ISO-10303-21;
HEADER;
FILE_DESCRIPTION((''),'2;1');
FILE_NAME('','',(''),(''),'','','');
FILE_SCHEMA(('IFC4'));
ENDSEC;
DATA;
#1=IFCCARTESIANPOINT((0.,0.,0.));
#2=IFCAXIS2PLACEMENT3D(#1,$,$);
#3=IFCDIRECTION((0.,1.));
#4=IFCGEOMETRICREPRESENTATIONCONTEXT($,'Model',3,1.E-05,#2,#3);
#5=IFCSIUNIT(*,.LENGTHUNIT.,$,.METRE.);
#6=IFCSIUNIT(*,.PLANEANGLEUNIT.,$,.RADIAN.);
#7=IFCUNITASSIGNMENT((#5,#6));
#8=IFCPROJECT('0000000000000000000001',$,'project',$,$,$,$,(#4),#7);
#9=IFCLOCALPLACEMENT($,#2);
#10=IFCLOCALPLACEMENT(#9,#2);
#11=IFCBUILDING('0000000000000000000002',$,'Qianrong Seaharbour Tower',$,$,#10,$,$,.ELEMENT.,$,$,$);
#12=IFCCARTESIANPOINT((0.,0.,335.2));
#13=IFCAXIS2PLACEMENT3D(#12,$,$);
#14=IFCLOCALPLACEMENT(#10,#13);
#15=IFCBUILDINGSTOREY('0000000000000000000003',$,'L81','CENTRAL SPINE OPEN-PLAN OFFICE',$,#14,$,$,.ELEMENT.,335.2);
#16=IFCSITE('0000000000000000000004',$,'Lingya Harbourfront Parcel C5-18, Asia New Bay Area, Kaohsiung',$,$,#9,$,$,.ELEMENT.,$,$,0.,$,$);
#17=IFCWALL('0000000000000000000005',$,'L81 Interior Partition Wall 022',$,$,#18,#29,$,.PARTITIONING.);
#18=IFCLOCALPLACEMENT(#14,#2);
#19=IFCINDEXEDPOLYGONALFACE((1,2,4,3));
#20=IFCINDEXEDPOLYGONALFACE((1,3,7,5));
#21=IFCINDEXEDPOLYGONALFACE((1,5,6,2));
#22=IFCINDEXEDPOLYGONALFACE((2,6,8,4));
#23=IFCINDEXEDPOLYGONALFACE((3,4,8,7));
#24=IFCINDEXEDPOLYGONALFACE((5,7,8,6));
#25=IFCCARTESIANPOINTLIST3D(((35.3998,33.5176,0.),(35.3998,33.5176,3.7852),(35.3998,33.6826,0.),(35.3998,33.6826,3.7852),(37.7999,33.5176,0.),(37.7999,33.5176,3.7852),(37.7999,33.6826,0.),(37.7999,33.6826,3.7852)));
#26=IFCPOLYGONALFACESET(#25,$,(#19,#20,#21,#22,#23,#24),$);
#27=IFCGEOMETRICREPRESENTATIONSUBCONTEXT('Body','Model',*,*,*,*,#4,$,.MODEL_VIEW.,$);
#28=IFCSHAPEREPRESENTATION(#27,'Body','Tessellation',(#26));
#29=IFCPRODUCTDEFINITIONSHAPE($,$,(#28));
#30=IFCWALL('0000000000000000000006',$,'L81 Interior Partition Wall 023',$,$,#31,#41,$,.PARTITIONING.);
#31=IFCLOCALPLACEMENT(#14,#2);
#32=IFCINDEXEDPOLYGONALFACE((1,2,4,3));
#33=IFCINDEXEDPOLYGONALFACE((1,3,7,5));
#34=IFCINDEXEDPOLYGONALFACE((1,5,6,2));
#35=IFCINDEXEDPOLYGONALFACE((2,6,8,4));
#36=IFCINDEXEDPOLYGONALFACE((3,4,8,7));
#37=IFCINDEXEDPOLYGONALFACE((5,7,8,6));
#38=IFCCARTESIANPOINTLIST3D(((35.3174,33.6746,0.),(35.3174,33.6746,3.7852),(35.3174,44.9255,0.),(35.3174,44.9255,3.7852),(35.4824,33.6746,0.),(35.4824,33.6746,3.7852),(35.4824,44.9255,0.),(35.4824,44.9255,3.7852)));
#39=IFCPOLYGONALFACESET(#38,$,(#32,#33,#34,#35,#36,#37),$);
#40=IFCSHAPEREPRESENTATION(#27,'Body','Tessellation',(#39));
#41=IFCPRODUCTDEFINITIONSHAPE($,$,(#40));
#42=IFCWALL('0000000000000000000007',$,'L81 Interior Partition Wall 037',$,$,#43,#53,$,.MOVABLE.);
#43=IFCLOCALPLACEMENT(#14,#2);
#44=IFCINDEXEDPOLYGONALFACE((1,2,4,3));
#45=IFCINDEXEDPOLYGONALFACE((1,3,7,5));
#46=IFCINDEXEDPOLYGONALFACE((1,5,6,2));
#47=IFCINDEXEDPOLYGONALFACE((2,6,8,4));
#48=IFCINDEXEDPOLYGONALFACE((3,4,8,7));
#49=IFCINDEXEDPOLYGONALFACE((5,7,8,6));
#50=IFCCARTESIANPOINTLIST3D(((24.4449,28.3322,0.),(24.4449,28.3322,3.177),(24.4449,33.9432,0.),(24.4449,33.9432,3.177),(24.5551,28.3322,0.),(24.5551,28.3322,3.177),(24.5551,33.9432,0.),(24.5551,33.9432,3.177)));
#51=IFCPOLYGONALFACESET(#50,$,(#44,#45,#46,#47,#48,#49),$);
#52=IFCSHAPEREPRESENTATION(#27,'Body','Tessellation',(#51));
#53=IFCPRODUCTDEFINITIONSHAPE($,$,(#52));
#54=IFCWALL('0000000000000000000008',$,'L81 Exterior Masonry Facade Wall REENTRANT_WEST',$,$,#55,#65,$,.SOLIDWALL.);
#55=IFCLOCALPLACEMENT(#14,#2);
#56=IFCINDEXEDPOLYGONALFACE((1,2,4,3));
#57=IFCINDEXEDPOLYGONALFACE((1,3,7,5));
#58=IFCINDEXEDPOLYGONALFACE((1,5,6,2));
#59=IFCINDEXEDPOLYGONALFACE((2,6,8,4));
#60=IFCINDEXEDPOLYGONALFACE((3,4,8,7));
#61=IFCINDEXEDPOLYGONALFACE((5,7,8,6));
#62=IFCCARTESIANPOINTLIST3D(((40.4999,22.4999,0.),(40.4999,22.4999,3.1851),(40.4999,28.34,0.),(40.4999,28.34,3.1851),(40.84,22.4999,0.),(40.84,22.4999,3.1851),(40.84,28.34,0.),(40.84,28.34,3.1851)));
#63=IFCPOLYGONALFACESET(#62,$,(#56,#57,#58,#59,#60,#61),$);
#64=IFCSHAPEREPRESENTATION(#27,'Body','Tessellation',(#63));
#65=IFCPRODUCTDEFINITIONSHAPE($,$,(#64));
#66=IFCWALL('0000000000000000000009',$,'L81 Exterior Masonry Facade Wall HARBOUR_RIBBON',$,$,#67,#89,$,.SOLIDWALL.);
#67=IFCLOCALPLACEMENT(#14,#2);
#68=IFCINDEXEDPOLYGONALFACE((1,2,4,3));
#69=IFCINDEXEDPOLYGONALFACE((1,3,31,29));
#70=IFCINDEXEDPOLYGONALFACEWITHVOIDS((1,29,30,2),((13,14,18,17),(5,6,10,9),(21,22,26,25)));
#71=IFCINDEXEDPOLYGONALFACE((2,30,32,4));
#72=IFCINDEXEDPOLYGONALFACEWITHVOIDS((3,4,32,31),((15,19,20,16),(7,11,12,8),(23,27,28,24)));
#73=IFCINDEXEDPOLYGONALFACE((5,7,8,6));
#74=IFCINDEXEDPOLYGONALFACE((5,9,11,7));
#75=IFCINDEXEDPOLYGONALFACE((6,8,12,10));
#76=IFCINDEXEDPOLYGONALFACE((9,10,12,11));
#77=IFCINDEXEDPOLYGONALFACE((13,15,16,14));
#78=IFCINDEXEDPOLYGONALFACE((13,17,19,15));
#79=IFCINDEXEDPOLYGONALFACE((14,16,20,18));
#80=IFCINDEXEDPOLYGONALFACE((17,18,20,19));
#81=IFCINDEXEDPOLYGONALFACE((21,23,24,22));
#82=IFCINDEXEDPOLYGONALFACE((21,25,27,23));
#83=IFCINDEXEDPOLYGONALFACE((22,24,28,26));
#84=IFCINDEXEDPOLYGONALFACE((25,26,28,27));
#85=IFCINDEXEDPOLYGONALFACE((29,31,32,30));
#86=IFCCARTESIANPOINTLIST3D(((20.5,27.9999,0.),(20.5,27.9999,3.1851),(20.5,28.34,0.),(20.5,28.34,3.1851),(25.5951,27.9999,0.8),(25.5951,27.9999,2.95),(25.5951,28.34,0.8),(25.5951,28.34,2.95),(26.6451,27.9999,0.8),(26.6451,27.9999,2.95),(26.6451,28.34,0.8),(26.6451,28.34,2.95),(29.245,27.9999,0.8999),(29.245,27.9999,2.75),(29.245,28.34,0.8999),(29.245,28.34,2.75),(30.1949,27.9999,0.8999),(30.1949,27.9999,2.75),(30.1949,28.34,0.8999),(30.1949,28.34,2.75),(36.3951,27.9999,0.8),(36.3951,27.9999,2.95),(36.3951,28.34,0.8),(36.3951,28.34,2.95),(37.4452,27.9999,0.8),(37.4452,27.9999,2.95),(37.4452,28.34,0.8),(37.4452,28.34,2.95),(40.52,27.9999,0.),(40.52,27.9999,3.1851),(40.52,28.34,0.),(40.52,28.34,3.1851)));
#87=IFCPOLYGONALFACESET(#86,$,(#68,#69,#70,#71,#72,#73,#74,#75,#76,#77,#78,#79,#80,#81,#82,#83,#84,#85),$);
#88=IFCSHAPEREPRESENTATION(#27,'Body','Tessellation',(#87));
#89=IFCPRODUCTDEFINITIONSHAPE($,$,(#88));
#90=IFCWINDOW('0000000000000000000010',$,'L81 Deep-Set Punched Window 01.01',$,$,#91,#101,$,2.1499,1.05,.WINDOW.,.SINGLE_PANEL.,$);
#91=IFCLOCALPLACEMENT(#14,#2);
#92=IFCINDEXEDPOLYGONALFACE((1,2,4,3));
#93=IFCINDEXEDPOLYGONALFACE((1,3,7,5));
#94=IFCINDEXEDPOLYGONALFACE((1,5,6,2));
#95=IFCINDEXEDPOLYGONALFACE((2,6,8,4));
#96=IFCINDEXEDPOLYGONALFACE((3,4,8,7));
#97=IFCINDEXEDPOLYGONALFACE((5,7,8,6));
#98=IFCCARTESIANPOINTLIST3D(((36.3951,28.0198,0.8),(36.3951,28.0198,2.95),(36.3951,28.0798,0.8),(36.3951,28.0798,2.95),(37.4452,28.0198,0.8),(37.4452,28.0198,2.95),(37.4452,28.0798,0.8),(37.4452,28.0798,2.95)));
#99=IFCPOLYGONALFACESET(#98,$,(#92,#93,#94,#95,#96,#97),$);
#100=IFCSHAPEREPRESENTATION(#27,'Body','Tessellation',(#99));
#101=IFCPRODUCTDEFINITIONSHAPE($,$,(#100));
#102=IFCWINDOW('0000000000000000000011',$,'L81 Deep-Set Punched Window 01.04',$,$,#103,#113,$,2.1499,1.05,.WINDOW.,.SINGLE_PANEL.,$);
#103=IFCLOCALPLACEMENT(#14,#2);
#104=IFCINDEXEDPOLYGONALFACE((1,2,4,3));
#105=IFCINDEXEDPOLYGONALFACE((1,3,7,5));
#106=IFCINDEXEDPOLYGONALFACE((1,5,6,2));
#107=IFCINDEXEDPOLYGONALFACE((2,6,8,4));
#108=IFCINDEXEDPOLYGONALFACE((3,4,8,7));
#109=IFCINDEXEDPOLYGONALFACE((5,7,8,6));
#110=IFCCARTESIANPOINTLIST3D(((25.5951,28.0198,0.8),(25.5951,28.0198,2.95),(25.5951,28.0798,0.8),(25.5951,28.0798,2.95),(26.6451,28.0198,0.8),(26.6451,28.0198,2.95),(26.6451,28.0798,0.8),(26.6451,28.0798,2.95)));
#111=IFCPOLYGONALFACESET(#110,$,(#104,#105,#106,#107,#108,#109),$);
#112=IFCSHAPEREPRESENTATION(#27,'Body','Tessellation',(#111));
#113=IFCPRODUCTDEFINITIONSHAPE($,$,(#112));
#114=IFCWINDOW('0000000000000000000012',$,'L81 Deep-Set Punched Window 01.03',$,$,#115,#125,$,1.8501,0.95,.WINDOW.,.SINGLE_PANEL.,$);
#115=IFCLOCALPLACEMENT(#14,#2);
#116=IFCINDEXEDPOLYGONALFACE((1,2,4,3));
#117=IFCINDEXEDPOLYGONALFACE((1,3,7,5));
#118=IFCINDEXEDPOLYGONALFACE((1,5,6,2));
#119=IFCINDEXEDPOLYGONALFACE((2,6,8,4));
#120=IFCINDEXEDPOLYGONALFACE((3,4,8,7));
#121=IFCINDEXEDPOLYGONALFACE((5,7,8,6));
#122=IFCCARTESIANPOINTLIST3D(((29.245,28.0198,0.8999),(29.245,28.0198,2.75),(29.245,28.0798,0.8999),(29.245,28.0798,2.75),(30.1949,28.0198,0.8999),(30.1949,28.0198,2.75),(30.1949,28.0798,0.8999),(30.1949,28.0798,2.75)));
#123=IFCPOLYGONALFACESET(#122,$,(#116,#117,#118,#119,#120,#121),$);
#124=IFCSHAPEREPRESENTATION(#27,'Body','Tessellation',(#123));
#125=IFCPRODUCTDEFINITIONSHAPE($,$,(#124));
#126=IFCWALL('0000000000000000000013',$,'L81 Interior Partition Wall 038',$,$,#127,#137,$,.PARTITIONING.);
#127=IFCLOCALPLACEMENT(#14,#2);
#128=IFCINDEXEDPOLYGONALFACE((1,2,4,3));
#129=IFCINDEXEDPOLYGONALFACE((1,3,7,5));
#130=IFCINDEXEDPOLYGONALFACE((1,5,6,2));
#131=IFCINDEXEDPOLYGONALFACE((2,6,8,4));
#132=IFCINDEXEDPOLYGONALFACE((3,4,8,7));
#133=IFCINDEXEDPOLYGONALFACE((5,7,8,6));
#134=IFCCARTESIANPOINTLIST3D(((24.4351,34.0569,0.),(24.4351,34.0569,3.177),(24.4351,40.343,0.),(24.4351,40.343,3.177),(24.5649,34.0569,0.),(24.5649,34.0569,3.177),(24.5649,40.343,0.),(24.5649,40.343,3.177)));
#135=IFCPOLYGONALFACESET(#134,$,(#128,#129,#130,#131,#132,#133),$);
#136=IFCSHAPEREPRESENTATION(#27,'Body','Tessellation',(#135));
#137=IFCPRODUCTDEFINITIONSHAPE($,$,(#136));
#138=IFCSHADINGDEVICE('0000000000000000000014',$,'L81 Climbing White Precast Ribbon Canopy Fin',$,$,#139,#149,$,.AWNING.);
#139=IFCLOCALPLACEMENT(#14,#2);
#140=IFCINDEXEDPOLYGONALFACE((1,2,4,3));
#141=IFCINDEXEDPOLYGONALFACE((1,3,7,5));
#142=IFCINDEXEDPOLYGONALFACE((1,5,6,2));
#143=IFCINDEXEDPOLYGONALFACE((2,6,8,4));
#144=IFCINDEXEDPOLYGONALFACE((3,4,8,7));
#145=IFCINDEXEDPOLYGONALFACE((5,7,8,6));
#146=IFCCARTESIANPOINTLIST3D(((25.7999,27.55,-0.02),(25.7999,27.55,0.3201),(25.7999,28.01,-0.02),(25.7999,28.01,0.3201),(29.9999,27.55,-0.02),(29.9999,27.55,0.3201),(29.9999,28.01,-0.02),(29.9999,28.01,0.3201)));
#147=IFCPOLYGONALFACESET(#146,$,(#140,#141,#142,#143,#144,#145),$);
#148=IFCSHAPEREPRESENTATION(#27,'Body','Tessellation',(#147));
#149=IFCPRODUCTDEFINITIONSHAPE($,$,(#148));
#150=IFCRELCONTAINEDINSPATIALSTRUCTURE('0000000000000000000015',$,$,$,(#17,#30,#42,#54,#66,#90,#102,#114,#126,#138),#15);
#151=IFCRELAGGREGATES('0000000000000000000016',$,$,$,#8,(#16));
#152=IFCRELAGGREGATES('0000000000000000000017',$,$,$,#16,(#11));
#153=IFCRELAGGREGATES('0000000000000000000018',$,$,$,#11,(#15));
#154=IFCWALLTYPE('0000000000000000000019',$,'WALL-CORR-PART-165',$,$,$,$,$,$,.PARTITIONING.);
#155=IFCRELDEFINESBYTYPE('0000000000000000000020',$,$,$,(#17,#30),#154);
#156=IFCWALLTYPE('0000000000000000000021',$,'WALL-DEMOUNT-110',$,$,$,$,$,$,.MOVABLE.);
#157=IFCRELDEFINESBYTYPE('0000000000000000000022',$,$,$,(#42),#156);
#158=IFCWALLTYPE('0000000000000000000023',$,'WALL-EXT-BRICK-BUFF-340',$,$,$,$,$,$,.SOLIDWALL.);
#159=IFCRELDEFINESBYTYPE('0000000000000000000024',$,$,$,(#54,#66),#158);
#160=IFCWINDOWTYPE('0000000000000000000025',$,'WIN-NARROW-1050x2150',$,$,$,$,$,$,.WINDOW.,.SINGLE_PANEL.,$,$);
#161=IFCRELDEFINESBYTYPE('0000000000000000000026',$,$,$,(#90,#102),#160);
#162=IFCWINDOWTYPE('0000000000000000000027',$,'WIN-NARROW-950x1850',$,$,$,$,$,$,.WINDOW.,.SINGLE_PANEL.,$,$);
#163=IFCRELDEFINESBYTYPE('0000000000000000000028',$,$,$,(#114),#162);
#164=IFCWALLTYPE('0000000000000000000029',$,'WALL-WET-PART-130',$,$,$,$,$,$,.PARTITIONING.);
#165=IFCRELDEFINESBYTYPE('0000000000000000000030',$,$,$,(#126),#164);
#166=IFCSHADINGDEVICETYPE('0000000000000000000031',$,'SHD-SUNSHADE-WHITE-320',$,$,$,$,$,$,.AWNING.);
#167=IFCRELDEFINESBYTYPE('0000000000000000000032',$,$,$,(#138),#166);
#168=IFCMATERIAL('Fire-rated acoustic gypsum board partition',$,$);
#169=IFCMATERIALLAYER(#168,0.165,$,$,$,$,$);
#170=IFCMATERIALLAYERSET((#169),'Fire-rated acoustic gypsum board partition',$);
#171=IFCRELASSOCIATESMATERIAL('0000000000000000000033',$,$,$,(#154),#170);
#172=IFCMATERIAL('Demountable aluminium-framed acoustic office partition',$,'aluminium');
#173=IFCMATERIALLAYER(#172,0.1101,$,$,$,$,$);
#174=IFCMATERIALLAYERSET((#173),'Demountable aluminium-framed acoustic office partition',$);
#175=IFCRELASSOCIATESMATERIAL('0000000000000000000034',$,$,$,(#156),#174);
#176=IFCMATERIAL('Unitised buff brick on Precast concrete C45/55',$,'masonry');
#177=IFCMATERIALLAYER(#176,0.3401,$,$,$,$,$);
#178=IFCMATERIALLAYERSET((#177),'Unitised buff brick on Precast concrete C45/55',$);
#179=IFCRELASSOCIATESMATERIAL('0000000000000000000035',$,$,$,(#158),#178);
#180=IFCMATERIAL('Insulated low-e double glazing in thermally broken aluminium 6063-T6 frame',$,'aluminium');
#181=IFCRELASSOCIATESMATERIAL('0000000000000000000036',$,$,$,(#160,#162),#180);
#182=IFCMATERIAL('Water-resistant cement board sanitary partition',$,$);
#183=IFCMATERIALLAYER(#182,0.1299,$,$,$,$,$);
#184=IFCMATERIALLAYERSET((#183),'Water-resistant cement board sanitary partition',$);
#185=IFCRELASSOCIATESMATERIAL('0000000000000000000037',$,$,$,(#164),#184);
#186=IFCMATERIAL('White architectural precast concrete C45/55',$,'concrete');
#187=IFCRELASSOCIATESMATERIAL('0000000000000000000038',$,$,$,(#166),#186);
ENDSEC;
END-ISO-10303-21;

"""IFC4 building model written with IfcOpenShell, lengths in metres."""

from ifc_helpers import new_model, si_unit, direction, frame, frame_2d, origin, origin_2d, place, context, subcontext, project, spatial, rectangle, extrude, material, layer, layer_set, type_object, element, fill, save


model = new_model("IFC4")

# Units and contexts
model_context = context("Model", 3, precision=1e-05, world=origin(), true_north=direction((0.0, 1.0)))
body_context = subcontext(model_context, "Body", "Model", "MODEL_VIEW")
ifc_project = project(units=[si_unit("LENGTHUNIT", "METRE"), si_unit("PLANEANGLEUNIT", "RADIAN")], contexts=[model_context])

# Site, building, storey
site_placement = place(None, origin())
site = spatial("IfcSite", under=ifc_project, at=site_placement, Name="Lingya Harbourfront Parcel C5-18, Asia New Bay Area, Kaohsiung", CompositionType="ELEMENT", RefElevation=0.0)
building_placement = place(site_placement, origin())
building = spatial("IfcBuilding", under=site, at=building_placement, Name="Qianrong Seaharbour Tower", CompositionType="ELEMENT")
storey_placement = place(building_placement, frame((0.0, 0.0, 335.2)))
storey = spatial("IfcBuildingStorey", under=building, at=storey_placement, Name="L81", Description="CENTRAL SPINE OPEN-PLAN OFFICE", CompositionType="ELEMENT", Elevation=335.2)

# Walls
ifc_material_1 = material(Name="Fire-rated acoustic gypsum board partition")
ifc_layer_1 = layer(ifc_material_1, 0.165)
ifc_layer_set_1 = layer_set([ifc_layer_1], Name="Fire-rated acoustic gypsum board partition")
wall_type_1 = type_object("IfcWallType", Name="WALL-CORR-PART-165", PredefinedType="PARTITIONING", material=ifc_layer_set_1)
wall_1_placement = place(storey_placement, frame((37.8, 33.6001, 0.0), z_axis=(0.0, 0.0, 1.0), x_axis=(-1.0, 0.0, 0.0)))
element("IfcWall", 1, at=wall_1_placement, inside=storey, type_object=wall_type_1, Name="L81 Interior Partition Wall 022", PredefinedType="PARTITIONING", context=body_context, shape_type="SweptSolid", body=[
    extrude(rectangle(XDim=2.4001, YDim=0.165, at=frame_2d((1.2002, 0.0))), origin(), (0.0, 0.0, 1.0), 3.7852),
])
wall_2_placement = place(storey_placement, frame((35.3999, 33.6746, 0.0), z_axis=(0.0, 0.0, 1.0), x_axis=(0.0, 1.0, 0.0)))
element("IfcWall", 2, at=wall_2_placement, inside=storey, type_object=wall_type_1, Name="L81 Interior Partition Wall 023", PredefinedType="PARTITIONING", context=body_context, shape_type="SweptSolid", body=[
    extrude(rectangle(XDim=11.251, YDim=0.165, at=frame_2d((5.6255, 0.0))), origin(), (0.0, 0.0, 1.0), 3.7852),
])
ifc_material_2 = material(Name="Demountable aluminium-framed acoustic office partition", Category="aluminium")
ifc_layer_2 = layer(ifc_material_2, 0.1101)
ifc_layer_set_2 = layer_set([ifc_layer_2], Name="Demountable aluminium-framed acoustic office partition")
wall_type_2 = type_object("IfcWallType", Name="WALL-DEMOUNT-110", PredefinedType="MOVABLE", material=ifc_layer_set_2)
wall_3_placement = place(storey_placement, frame((24.5, 28.332, 0.0), z_axis=(0.0, 0.0, 1.0), x_axis=(0.0, 1.0, 0.0)))
element("IfcWall", 3, at=wall_3_placement, inside=storey, type_object=wall_type_2, Name="L81 Interior Partition Wall 037", PredefinedType="MOVABLE", context=body_context, shape_type="SweptSolid", body=[
    extrude(rectangle(XDim=5.6111, YDim=0.1101, at=frame_2d((2.8057, 0.0))), origin(), (0.0, 0.0, 1.0), 3.177),
])
ifc_material_3 = material(Name="Unitised buff brick on Precast concrete C45/55", Category="masonry")
ifc_layer_3 = layer(ifc_material_3, 0.3401)
ifc_layer_set_3 = layer_set([ifc_layer_3], Name="Unitised buff brick on Precast concrete C45/55")
wall_type_3 = type_object("IfcWallType", Name="WALL-EXT-BRICK-BUFF-340", PredefinedType="SOLIDWALL", material=ifc_layer_set_3)
wall_4_placement = place(storey_placement, frame((40.6699, 22.5, 0.0), z_axis=(0.0, 0.0, 1.0), x_axis=(0.0, 1.0, 0.0)))
element("IfcWall", 4, at=wall_4_placement, inside=storey, type_object=wall_type_3, Name="L81 Exterior Masonry Facade Wall REENTRANT_WEST", PredefinedType="SOLIDWALL", context=body_context, shape_type="SweptSolid", body=[
    extrude(rectangle(XDim=5.8401, YDim=0.3401, at=frame_2d((2.9199, 0.0))), origin(), (0.0, 0.0, 1.0), 3.1851),
])

# Wall, openings, windows
wall_5_placement = place(storey_placement, frame((40.52, 28.1699, 0.0), z_axis=(0.0, 0.0, 1.0), x_axis=(-1.0, 0.0, 0.0)))
wall_5 = element("IfcWall", 5, at=wall_5_placement, inside=storey, type_object=wall_type_3, Name="L81 Exterior Masonry Facade Wall HARBOUR_RIBBON", PredefinedType="SOLIDWALL", context=body_context, shape_type="SweptSolid", body=[
    extrude(rectangle(XDim=20.02, YDim=0.3401, at=frame_2d((10.01, 0.0))), origin(), (0.0, 0.0, 1.0), 3.1851),
])
opening_1_placement = place(wall_5_placement, frame((3.075, 0.0, 0.8)))
opening_1 = element("IfcOpeningElement", 6, at=opening_1_placement, cuts=wall_5, PredefinedType="OPENING", context=body_context, shape_type="SweptSolid", body=[
    extrude(rectangle(XDim=1.05, YDim=2.1499, at=frame_2d((0.5249, 1.075))), frame((0.0, 0.1802, 0.0), z_axis=(0.0, -1.0, 0.0), x_axis=(1.0, 0.0, 0.0)), (0.0, 0.0, 1.0), 0.3601),
])
opening_2_placement = place(wall_5_placement, frame((10.325, 0.0, 0.8999)))
opening_2 = element("IfcOpeningElement", 7, at=opening_2_placement, cuts=wall_5, PredefinedType="OPENING", context=body_context, shape_type="SweptSolid", body=[
    extrude(rectangle(XDim=0.95, YDim=1.8501, at=frame_2d((0.4751, 0.925))), frame((0.0, 0.1802, 0.0), z_axis=(0.0, -1.0, 0.0), x_axis=(1.0, 0.0, 0.0)), (0.0, 0.0, 1.0), 0.3601),
])
opening_3_placement = place(wall_5_placement, frame((13.875, 0.0, 0.8)))
opening_3 = element("IfcOpeningElement", 8, at=opening_3_placement, cuts=wall_5, PredefinedType="OPENING", context=body_context, shape_type="SweptSolid", body=[
    extrude(rectangle(XDim=1.05, YDim=2.1499, at=frame_2d((0.5249, 1.075))), frame((0.0, 0.1802, 0.0), z_axis=(0.0, -1.0, 0.0), x_axis=(1.0, 0.0, 0.0)), (0.0, 0.0, 1.0), 0.3601),
])
ifc_material_4 = material(Name="Insulated low-e double glazing in thermally broken aluminium 6063-T6 frame", Category="aluminium")
window_type_1 = type_object("IfcWindowType", Name="WIN-NARROW-1050x2150", PartitioningType="SINGLE_PANEL", PredefinedType="WINDOW", material=ifc_material_4)
window_1_placement = place(opening_1_placement, origin())
window_1 = element("IfcWindow", 9, at=window_1_placement, inside=storey, type_object=window_type_1, Name="L81 Deep-Set Punched Window 01.01", OverallHeight=2.1499, OverallWidth=1.05, PartitioningType="SINGLE_PANEL", PredefinedType="WINDOW", context=body_context, shape_type="SweptSolid", body=[
    extrude(rectangle(XDim=1.05, YDim=2.1499, at=frame_2d((0.5249, 1.075))), frame((0.0, 0.1501, 0.0), z_axis=(0.0, -1.0, 0.0), x_axis=(1.0, 0.0, 0.0)), (0.0, 0.0, 1.0), 0.0601),
])
fill(opening_1, window_1)
window_2_placement = place(opening_3_placement, origin())
window_2 = element("IfcWindow", 10, at=window_2_placement, inside=storey, type_object=window_type_1, Name="L81 Deep-Set Punched Window 01.04", OverallHeight=2.1499, OverallWidth=1.05, PartitioningType="SINGLE_PANEL", PredefinedType="WINDOW", context=body_context, shape_type="SweptSolid", body=[
    extrude(rectangle(XDim=1.05, YDim=2.1499, at=frame_2d((0.5249, 1.075))), frame((0.0, 0.1501, 0.0), z_axis=(0.0, -1.0, 0.0), x_axis=(1.0, 0.0, 0.0)), (0.0, 0.0, 1.0), 0.0601),
])
fill(opening_3, window_2)
window_type_2 = type_object("IfcWindowType", Name="WIN-NARROW-950x1850", PartitioningType="SINGLE_PANEL", PredefinedType="WINDOW", material=ifc_material_4)
window_3_placement = place(opening_2_placement, origin())
window_3 = element("IfcWindow", 11, at=window_3_placement, inside=storey, type_object=window_type_2, Name="L81 Deep-Set Punched Window 01.03", OverallHeight=1.8501, OverallWidth=0.95, PartitioningType="SINGLE_PANEL", PredefinedType="WINDOW", context=body_context, shape_type="SweptSolid", body=[
    extrude(rectangle(XDim=0.95, YDim=1.8501, at=frame_2d((0.4751, 0.925))), frame((0.0, 0.1501, 0.0), z_axis=(0.0, -1.0, 0.0), x_axis=(1.0, 0.0, 0.0)), (0.0, 0.0, 1.0), 0.0601),
])
fill(opening_2, window_3)

# Wall
ifc_material_5 = material(Name="Water-resistant cement board sanitary partition")
ifc_layer_4 = layer(ifc_material_5, 0.1299)
ifc_layer_set_4 = layer_set([ifc_layer_4], Name="Water-resistant cement board sanitary partition")
wall_type_4 = type_object("IfcWallType", Name="WALL-WET-PART-130", PredefinedType="PARTITIONING", material=ifc_layer_set_4)
wall_6_placement = place(storey_placement, frame((24.5, 34.0569, 0.0), z_axis=(0.0, 0.0, 1.0), x_axis=(0.0, 1.0, 0.0)))
element("IfcWall", 12, at=wall_6_placement, inside=storey, type_object=wall_type_4, Name="L81 Interior Partition Wall 038", PredefinedType="PARTITIONING", context=body_context, shape_type="SweptSolid", body=[
    extrude(rectangle(XDim=6.2861, YDim=0.1299, at=frame_2d((3.1431, 0.0))), origin(), (0.0, 0.0, 1.0), 3.177),
])

# Shading device
ifc_material_6 = material(Name="White architectural precast concrete C45/55", Category="concrete")
shading_device_type = type_object("IfcShadingDeviceType", Name="SHD-SUNSHADE-WHITE-320", PredefinedType="AWNING", material=ifc_material_6)
shading_device_placement = place(storey_placement, frame((27.8999, 27.78, -0.02), z_axis=(0.0, 0.0, 1.0), x_axis=(1.0, 0.0, 0.0)))
element("IfcShadingDevice", 13, at=shading_device_placement, inside=storey, type_object=shading_device_type, Name="L81 Climbing White Precast Ribbon Canopy Fin", PredefinedType="AWNING", context=body_context, shape_type="SweptSolid", body=[
    extrude(rectangle(XDim=4.2, YDim=0.46, at=origin_2d()), origin(), (0.0, 0.0, 1.0), 0.3401),
])

save(model, "model.ifc")
